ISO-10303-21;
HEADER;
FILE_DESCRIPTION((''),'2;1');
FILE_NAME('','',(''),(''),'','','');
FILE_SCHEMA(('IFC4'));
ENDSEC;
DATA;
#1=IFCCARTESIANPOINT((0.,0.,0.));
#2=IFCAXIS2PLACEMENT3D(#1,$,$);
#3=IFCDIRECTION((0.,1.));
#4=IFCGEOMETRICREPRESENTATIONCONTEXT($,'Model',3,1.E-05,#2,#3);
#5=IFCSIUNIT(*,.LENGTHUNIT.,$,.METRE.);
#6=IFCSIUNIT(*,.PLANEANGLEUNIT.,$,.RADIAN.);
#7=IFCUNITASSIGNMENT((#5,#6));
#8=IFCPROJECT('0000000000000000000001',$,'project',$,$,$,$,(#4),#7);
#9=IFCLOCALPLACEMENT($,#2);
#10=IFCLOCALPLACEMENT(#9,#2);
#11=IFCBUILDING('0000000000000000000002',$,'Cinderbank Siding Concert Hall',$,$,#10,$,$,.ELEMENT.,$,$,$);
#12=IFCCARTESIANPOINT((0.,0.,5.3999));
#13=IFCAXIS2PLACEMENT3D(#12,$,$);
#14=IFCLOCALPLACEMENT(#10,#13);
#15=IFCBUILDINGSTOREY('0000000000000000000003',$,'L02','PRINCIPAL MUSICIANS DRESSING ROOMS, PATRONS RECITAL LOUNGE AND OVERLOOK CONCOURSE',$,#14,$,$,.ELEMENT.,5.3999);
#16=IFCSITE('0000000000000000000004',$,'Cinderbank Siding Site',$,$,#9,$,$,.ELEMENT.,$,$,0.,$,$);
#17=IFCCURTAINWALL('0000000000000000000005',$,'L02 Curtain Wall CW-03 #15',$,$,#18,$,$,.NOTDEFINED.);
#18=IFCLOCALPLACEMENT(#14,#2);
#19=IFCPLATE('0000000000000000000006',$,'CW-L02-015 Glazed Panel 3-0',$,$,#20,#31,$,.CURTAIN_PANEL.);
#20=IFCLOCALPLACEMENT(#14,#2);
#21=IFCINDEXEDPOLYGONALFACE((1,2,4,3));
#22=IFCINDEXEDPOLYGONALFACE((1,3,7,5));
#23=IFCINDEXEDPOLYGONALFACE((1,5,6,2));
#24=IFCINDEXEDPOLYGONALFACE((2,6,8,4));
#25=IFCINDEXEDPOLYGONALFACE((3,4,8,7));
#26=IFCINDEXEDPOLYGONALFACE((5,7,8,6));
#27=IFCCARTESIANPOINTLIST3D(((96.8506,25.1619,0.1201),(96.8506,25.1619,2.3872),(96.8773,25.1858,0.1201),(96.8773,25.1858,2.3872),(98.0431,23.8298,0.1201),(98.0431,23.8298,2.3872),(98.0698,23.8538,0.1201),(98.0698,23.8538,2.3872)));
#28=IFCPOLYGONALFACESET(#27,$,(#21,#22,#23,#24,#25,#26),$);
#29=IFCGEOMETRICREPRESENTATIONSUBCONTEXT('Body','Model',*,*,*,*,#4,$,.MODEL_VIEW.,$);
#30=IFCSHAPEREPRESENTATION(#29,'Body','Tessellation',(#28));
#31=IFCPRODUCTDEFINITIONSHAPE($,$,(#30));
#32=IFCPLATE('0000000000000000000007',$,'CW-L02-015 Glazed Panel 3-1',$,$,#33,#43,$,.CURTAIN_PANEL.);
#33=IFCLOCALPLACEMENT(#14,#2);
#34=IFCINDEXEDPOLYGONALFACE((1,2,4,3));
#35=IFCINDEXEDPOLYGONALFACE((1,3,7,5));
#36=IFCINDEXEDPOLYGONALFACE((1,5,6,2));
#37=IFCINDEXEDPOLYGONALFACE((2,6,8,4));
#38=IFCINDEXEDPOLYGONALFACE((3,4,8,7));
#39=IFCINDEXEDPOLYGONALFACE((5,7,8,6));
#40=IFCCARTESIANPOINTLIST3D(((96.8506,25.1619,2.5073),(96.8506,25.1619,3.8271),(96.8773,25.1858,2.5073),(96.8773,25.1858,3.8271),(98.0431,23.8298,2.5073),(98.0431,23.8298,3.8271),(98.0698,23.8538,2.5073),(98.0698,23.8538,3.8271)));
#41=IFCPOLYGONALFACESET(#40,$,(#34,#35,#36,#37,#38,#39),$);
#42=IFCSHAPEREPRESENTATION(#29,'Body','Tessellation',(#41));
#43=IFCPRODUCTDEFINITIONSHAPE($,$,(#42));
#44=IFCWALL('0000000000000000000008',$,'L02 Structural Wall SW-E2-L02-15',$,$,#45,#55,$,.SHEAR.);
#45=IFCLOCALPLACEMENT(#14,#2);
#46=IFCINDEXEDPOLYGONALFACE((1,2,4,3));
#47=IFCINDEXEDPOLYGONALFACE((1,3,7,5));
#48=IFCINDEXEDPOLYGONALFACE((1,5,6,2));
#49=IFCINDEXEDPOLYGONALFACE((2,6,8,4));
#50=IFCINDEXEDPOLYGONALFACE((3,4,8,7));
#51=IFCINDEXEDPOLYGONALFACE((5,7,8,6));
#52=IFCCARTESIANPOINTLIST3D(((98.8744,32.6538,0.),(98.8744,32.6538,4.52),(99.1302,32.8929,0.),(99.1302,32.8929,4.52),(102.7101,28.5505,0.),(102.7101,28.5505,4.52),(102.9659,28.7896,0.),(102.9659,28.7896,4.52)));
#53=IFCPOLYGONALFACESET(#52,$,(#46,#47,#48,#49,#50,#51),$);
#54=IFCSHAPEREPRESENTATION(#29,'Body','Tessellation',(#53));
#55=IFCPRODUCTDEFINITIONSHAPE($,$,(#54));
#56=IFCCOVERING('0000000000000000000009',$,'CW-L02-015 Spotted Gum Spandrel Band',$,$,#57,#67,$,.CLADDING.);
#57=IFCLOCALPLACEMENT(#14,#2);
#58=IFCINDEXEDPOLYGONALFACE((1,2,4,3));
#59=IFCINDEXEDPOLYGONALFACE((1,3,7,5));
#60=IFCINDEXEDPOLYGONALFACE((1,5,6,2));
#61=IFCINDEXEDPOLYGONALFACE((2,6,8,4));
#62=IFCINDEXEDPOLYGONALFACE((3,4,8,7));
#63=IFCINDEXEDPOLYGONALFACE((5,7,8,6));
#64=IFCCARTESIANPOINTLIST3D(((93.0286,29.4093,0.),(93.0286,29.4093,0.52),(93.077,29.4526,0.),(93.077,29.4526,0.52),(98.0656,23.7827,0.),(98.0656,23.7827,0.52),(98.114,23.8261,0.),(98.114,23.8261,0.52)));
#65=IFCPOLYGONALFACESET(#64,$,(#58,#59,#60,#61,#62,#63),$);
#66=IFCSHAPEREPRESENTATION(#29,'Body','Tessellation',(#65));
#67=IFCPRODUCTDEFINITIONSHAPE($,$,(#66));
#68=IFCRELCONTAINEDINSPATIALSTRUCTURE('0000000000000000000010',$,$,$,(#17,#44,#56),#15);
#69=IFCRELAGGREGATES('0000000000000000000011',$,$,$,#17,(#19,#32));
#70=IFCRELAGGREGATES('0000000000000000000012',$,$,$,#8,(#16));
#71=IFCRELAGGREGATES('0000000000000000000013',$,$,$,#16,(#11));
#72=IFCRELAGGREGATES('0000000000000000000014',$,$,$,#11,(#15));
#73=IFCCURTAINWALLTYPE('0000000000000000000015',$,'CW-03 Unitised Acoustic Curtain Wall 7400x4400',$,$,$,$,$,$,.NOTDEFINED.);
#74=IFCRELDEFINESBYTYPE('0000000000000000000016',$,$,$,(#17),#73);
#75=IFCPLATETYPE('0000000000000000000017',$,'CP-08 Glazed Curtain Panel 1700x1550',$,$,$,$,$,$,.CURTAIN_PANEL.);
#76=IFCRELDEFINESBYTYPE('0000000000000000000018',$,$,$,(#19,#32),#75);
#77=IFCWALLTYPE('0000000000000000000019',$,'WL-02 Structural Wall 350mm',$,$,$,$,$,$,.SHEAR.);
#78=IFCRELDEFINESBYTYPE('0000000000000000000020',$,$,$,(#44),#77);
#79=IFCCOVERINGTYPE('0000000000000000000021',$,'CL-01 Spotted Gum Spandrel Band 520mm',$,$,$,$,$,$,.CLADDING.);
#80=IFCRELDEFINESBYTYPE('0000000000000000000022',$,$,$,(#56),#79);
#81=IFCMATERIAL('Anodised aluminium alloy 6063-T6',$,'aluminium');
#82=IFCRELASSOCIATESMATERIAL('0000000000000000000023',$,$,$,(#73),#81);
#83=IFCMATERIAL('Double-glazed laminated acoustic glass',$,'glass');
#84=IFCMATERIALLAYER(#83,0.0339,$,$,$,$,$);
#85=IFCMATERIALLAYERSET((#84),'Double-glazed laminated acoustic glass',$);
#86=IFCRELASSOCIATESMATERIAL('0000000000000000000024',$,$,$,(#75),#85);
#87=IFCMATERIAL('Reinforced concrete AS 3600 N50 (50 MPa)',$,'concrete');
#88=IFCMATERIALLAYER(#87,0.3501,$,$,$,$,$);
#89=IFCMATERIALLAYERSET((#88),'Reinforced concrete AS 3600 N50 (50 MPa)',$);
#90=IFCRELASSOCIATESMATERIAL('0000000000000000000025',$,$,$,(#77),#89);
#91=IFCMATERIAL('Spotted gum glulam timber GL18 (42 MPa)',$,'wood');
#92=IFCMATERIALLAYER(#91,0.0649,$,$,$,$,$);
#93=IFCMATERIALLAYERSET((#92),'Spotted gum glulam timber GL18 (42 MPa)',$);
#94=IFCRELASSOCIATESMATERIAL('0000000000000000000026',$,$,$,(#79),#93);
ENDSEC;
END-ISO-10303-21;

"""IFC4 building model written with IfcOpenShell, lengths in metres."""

from ifc_helpers import new_model, si_unit, direction, frame, frame_2d, origin, origin_2d, place, context, subcontext, project, spatial, rectangle, extrude, material, layer, layer_set, type_object, element, aggregate, save


model = new_model("IFC4")

# Units and contexts
model_context = context("Model", 3, precision=1e-05, world=origin(), true_north=direction((0.0, 1.0)))
body_context = subcontext(model_context, "Body", "Model", "MODEL_VIEW")
ifc_project = project(units=[si_unit("LENGTHUNIT", "METRE"), si_unit("PLANEANGLEUNIT", "RADIAN")], contexts=[model_context])

# Site, building, storey
site_placement = place(None, origin())
site = spatial("IfcSite", under=ifc_project, at=site_placement, Name="Cinderbank Siding Site", CompositionType="ELEMENT", RefElevation=0.0)
building_placement = place(site_placement, origin())
building = spatial("IfcBuilding", under=site, at=building_placement, Name="Cinderbank Siding Concert Hall", CompositionType="ELEMENT")
storey_placement = place(building_placement, frame((0.0, 0.0, 5.3999)))
storey = spatial("IfcBuildingStorey", under=building, at=storey_placement, Name="L02", Description="PRINCIPAL MUSICIANS DRESSING ROOMS, PATRONS RECITAL LOUNGE AND OVERLOOK CONCOURSE", CompositionType="ELEMENT", Elevation=5.3999)

# Shared definitions
ifc_material_1 = material(Name="Reinforced concrete AS 3600 N50 (50 MPa)", Category="concrete")

# Shared definitions
ifc_material_2 = material(Name="Anodised aluminium alloy 6063-T6", Category="aluminium")

# Curtain wall
curtain_wall_type_1 = type_object("IfcCurtainWallType", Name="CW-03 Unitised Acoustic Curtain Wall 7400x4400", PredefinedType="NOTDEFINED", material=ifc_material_2)
curtain_wall_1_placement = place(storey_placement, origin())
curtain_wall_1 = element("IfcCurtainWall", 1, at=curtain_wall_1_placement, inside=storey, type_object=curtain_wall_type_1, Name="L02 Curtain Wall CW-03 #15", PredefinedType="NOTDEFINED")

# Shared definitions
ifc_material_3 = material(Name="Spotted gum glulam timber GL18 (42 MPa)", Category="wood")

# Plates
ifc_material_4 = material(Name="Double-glazed laminated acoustic glass", Category="glass")
ifc_layer_1 = layer(ifc_material_4, 0.0339)
ifc_layer_set_1 = layer_set([ifc_layer_1], Name="Double-glazed laminated acoustic glass")
plate_type_1 = type_object("IfcPlateType", Name="CP-08 Glazed Curtain Panel 1700x1550", PredefinedType="CURTAIN_PANEL", material=ifc_layer_set_1)
plate_1_placement = place(storey_placement, frame((97.4602, 24.5078, 0.1201), z_axis=(0.0, 0.0, 1.0), x_axis=(0.666993, -0.745064, 0.0)))
plate_1 = element("IfcPlate", 2, at=plate_1_placement, type_object=plate_type_1, Name="CW-L02-015 Glazed Panel 3-0", PredefinedType="CURTAIN_PANEL", context=body_context, shape_type="SweptSolid", body=[
    extrude(rectangle(XDim=1.7878, YDim=0.0359, at=origin_2d()), origin(), (0.0, 0.0, 1.0), 2.2671),
])
plate_2_placement = place(storey_placement, frame((97.4602, 24.5078, 2.5073), z_axis=(0.0, 0.0, 1.0), x_axis=(0.666993, -0.745064, 0.0)))
plate_2 = element("IfcPlate", 3, at=plate_2_placement, type_object=plate_type_1, Name="CW-L02-015 Glazed Panel 3-1", PredefinedType="CURTAIN_PANEL", context=body_context, shape_type="SweptSolid", body=[
    extrude(rectangle(XDim=1.7878, YDim=0.0359, at=origin_2d()), origin(), (0.0, 0.0, 1.0), 1.3198),
])
aggregate(curtain_wall_1, [plate_1, plate_2])

# Wall
ifc_layer_2 = layer(ifc_material_1, 0.3501)
ifc_layer_set_2 = layer_set([ifc_layer_2], Name="Reinforced concrete AS 3600 N50 (50 MPa)")
wall_type = type_object("IfcWallType", Name="WL-02 Structural Wall 350mm", PredefinedType="SHEAR", material=ifc_layer_set_2)
wall_placement = place(storey_placement, frame((99.0022, 32.7734, 0.0), z_axis=(0.0, 0.0, 1.0), x_axis=(0.682886, -0.730525, 0.0)))
element("IfcWall", 4, at=wall_placement, inside=storey, type_object=wall_type, Name="L02 Structural Wall SW-E2-L02-15", PredefinedType="SHEAR", context=body_context, shape_type="SweptSolid", body=[
    extrude(rectangle(XDim=5.6169, YDim=0.3501, at=frame_2d((2.8086, 0.0))), origin(), (0.0, 0.0, 1.0), 4.52),
])

# Covering
ifc_layer_3 = layer(ifc_material_3, 0.0649)
ifc_layer_set_3 = layer_set([ifc_layer_3], Name="Spotted gum glulam timber GL18 (42 MPa)")
covering_type = type_object("IfcCoveringType", Name="CL-01 Spotted Gum Spandrel Band 520mm", PredefinedType="CLADDING", material=ifc_layer_set_3)
covering_placement = place(storey_placement, frame((95.5713, 26.6177, 0.0), z_axis=(0.0, 0.0, 1.0), x_axis=(0.666993, -0.745064, 0.0)))
element("IfcCovering", 5, at=covering_placement, inside=storey, type_object=covering_type, Name="CW-L02-015 Spotted Gum Spandrel Band", PredefinedType="CLADDING", context=body_context, shape_type="SweptSolid", body=[
    extrude(rectangle(XDim=7.5518, YDim=0.0649, at=origin_2d()), origin(), (0.0, 0.0, 1.0), 0.52),
])

save(model, "model.ifc")
